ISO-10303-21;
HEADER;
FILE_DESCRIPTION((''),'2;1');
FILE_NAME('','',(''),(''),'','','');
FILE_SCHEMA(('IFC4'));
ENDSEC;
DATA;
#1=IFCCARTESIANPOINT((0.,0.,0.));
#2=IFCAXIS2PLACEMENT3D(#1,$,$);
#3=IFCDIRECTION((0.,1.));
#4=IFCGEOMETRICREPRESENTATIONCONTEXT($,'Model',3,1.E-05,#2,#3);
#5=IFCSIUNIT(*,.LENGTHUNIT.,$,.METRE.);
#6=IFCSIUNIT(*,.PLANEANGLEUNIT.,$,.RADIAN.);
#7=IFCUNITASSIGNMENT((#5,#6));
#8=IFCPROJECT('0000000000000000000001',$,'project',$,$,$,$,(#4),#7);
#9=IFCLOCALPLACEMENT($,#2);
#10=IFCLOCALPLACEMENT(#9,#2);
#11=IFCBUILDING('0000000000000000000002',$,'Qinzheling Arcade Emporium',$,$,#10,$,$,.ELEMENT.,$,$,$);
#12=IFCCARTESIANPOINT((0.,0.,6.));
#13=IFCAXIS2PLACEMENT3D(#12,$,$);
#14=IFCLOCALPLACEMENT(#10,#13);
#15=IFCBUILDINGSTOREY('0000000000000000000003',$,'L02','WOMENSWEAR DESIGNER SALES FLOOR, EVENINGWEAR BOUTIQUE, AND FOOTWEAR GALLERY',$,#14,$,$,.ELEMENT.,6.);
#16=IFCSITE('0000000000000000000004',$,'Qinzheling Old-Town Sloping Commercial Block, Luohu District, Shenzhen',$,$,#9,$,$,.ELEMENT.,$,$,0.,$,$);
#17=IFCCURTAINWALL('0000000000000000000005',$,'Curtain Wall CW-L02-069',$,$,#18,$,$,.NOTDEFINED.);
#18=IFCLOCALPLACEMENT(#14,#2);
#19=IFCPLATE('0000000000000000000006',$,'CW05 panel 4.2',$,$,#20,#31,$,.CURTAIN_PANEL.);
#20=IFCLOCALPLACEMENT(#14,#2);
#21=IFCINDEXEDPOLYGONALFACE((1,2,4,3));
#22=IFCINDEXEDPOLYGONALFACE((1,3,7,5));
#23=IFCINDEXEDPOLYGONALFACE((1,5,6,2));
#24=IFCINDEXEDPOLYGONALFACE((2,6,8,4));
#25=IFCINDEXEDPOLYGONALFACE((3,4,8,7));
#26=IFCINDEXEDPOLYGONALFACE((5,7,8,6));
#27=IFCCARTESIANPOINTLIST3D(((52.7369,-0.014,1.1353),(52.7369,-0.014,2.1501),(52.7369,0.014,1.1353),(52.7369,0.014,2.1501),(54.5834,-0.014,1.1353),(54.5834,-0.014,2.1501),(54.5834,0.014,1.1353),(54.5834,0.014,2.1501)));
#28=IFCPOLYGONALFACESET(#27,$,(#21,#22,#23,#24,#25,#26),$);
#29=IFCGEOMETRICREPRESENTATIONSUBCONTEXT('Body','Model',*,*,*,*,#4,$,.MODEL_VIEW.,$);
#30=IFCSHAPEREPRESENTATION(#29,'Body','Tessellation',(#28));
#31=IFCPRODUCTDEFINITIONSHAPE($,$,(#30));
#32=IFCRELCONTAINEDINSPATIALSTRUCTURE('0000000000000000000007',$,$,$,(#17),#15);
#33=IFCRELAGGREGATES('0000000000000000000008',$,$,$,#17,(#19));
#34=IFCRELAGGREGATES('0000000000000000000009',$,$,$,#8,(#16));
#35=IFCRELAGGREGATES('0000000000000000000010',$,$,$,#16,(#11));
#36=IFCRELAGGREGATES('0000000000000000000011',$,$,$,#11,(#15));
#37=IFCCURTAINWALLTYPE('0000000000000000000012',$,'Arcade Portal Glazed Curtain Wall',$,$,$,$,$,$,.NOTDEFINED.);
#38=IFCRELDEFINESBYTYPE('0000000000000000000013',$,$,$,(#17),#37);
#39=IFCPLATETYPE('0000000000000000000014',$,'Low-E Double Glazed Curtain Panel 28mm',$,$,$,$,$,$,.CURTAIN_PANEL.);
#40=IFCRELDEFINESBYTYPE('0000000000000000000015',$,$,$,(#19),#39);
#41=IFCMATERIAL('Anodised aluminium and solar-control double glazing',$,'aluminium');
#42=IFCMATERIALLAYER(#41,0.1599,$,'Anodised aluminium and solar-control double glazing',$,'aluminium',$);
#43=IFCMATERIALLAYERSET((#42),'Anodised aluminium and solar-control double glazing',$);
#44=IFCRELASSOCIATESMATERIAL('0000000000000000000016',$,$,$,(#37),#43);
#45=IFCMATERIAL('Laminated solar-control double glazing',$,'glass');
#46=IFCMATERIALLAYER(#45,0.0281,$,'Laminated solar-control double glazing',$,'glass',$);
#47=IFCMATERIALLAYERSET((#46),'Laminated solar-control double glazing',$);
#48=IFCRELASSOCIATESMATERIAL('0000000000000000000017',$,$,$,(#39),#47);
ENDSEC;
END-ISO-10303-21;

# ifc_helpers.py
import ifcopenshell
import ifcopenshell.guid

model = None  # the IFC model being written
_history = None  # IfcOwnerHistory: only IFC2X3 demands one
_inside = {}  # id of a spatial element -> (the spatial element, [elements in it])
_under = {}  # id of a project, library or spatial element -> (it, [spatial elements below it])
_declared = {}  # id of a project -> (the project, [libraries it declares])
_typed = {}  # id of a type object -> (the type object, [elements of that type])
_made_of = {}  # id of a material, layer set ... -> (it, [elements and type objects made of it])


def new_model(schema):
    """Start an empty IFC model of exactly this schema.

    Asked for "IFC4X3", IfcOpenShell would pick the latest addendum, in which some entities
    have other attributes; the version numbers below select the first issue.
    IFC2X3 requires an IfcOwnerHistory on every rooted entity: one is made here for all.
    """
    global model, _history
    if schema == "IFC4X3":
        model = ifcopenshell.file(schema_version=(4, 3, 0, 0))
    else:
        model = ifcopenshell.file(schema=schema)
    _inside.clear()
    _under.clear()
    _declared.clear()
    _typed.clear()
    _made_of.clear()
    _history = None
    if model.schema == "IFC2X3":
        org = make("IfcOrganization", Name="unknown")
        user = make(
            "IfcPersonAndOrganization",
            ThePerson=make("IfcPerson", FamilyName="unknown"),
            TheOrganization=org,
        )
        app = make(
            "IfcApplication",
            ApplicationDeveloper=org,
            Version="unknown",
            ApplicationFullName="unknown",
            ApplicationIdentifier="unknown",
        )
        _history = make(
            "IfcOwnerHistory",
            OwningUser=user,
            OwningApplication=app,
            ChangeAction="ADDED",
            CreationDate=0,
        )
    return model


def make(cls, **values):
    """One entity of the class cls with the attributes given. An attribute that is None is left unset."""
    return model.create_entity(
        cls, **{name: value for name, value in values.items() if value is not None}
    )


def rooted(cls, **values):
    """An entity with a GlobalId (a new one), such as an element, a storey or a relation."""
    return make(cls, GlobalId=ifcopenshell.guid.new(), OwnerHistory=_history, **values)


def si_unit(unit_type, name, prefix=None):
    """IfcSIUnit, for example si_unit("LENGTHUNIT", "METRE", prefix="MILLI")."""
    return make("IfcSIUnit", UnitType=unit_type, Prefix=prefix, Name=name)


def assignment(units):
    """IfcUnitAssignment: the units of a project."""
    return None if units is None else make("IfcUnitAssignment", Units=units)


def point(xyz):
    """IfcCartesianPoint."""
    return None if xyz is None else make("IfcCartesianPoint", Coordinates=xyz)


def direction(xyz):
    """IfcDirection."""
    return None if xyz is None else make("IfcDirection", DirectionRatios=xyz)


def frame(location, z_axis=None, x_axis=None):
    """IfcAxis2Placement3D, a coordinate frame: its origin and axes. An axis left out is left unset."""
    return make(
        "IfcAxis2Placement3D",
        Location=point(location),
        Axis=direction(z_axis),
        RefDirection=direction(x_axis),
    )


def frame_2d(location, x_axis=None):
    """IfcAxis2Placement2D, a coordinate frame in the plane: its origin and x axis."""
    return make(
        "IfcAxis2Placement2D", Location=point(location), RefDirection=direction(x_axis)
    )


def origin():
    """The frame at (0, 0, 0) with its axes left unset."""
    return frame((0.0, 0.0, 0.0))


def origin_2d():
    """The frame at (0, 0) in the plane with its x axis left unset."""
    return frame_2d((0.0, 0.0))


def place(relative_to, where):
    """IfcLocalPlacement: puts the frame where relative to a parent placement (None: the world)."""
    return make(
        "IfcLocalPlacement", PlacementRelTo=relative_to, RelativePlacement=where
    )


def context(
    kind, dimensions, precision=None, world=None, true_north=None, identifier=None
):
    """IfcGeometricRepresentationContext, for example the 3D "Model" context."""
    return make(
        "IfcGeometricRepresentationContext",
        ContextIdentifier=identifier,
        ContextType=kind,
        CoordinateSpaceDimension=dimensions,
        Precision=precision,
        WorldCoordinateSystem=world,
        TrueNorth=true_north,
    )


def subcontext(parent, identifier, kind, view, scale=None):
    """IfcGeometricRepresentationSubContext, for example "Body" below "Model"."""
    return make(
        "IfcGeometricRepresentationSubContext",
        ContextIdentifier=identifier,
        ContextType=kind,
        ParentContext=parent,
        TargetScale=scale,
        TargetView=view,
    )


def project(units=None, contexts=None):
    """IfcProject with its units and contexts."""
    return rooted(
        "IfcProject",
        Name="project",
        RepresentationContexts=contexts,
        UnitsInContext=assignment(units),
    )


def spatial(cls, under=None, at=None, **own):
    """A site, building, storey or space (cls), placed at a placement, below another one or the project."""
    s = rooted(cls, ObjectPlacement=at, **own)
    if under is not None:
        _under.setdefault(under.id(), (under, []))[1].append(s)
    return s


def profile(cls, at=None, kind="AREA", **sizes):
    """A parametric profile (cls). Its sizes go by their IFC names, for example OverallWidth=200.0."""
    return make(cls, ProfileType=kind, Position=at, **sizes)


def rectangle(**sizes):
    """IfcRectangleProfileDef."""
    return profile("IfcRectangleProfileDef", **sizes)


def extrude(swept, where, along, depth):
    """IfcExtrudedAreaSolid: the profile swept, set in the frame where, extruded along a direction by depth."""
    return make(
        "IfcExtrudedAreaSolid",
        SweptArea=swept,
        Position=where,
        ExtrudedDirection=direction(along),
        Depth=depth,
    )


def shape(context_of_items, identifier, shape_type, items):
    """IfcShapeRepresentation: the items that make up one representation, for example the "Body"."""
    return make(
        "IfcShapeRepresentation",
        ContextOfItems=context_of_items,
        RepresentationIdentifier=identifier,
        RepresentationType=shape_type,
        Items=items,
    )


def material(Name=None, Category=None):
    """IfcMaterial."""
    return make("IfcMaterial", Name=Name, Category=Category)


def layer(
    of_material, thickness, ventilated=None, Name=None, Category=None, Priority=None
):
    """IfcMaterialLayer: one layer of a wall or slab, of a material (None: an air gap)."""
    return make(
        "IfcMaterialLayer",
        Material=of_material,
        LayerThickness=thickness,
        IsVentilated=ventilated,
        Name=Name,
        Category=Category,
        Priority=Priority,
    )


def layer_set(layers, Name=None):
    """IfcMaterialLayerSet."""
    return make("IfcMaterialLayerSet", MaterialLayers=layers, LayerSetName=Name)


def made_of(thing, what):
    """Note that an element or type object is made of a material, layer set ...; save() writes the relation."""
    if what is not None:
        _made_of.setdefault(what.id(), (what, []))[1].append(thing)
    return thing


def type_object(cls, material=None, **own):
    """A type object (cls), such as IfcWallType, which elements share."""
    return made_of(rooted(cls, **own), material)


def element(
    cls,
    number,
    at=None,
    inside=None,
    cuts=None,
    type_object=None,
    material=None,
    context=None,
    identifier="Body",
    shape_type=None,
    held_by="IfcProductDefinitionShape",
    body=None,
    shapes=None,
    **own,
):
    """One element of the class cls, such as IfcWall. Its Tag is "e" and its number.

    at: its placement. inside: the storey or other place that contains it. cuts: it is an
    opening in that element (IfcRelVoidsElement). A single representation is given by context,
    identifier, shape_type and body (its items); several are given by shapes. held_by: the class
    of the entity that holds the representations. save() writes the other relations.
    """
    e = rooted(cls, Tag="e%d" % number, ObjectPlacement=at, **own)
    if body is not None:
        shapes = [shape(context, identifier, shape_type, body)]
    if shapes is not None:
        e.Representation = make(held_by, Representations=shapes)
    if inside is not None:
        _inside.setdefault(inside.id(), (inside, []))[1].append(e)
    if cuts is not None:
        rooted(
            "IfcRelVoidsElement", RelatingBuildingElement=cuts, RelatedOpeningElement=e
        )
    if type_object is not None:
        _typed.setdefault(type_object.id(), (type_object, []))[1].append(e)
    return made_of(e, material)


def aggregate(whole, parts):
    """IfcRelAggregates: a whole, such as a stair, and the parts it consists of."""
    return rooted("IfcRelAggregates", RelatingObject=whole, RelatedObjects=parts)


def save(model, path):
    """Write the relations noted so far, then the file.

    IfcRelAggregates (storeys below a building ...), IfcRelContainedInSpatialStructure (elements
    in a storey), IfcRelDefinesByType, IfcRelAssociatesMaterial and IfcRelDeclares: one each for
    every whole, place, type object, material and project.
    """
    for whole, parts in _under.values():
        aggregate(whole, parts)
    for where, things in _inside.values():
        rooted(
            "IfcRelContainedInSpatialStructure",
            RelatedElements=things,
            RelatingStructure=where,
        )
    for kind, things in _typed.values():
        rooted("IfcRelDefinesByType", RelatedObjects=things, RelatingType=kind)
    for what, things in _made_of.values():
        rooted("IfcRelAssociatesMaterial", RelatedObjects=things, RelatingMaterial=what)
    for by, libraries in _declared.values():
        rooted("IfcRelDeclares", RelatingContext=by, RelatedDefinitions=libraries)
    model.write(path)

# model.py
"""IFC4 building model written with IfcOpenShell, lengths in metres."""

from ifc_helpers import new_model, si_unit, direction, frame, origin, origin_2d, place, context, subcontext, project, spatial, rectangle, extrude, material, layer, layer_set, type_object, element, aggregate, save


model = new_model("IFC4")

# Units and contexts
model_context = context("Model", 3, precision=1e-05, world=origin(), true_north=direction((0.0, 1.0)))
body_context = subcontext(model_context, "Body", "Model", "MODEL_VIEW")
ifc_project = project(units=[si_unit("LENGTHUNIT", "METRE"), si_unit("PLANEANGLEUNIT", "RADIAN")], contexts=[model_context])

# Site, building, storey
site_placement = place(None, origin())
site = spatial("IfcSite", under=ifc_project, at=site_placement, Name="Qinzheling Old-Town Sloping Commercial Block, Luohu District, Shenzhen", CompositionType="ELEMENT", RefElevation=0.0)
building_placement = place(site_placement, origin())
building = spatial("IfcBuilding", under=site, at=building_placement, Name="Qinzheling Arcade Emporium", CompositionType="ELEMENT")
storey_placement = place(building_placement, frame((0.0, 0.0, 6.0)))
storey = spatial("IfcBuildingStorey", under=building, at=storey_placement, Name="L02", Description="WOMENSWEAR DESIGNER SALES FLOOR, EVENINGWEAR BOUTIQUE, AND FOOTWEAR GALLERY", CompositionType="ELEMENT", Elevation=6.0)

# Curtain wall
ifc_material_1 = material(Name="Anodised aluminium and solar-control double glazing", Category="aluminium")
ifc_layer_1 = layer(ifc_material_1, 0.1599, Name="Anodised aluminium and solar-control double glazing", Category="aluminium")
ifc_layer_set_1 = layer_set([ifc_layer_1], Name="Anodised aluminium and solar-control double glazing")
curtain_wall_type = type_object("IfcCurtainWallType", Name="Arcade Portal Glazed Curtain Wall", PredefinedType="NOTDEFINED", material=ifc_layer_set_1)
curtain_wall_placement = place(storey_placement, origin())
curtain_wall = element("IfcCurtainWall", 1, at=curtain_wall_placement, inside=storey, type_object=curtain_wall_type, Name="Curtain Wall CW-L02-069", PredefinedType="NOTDEFINED")

# Plate
ifc_material_2 = material(Name="Laminated solar-control double glazing", Category="glass")
ifc_layer_2 = layer(ifc_material_2, 0.0281, Name="Laminated solar-control double glazing", Category="glass")
ifc_layer_set_2 = layer_set([ifc_layer_2], Name="Laminated solar-control double glazing")
plate_type = type_object("IfcPlateType", Name="Low-E Double Glazed Curtain Panel 28mm", PredefinedType="CURTAIN_PANEL", material=ifc_layer_set_2)
plate_1_placement = place(storey_placement, frame((53.6602, 0.0, 1.1353), z_axis=(0.0, 0.0, 1.0), x_axis=(-1.0, 0.0, 0.0)))
plate_1 = element("IfcPlate", 2, at=plate_1_placement, type_object=plate_type, Name="CW05 panel 4.2", PredefinedType="CURTAIN_PANEL", context=body_context, shape_type="SweptSolid", body=[
    extrude(rectangle(XDim=1.8464, YDim=0.0281, at=origin_2d()), origin(), (0.0, 0.0, 1.0), 1.0149),
])
aggregate(curtain_wall, [plate_1])

save(model, "model.ifc")
